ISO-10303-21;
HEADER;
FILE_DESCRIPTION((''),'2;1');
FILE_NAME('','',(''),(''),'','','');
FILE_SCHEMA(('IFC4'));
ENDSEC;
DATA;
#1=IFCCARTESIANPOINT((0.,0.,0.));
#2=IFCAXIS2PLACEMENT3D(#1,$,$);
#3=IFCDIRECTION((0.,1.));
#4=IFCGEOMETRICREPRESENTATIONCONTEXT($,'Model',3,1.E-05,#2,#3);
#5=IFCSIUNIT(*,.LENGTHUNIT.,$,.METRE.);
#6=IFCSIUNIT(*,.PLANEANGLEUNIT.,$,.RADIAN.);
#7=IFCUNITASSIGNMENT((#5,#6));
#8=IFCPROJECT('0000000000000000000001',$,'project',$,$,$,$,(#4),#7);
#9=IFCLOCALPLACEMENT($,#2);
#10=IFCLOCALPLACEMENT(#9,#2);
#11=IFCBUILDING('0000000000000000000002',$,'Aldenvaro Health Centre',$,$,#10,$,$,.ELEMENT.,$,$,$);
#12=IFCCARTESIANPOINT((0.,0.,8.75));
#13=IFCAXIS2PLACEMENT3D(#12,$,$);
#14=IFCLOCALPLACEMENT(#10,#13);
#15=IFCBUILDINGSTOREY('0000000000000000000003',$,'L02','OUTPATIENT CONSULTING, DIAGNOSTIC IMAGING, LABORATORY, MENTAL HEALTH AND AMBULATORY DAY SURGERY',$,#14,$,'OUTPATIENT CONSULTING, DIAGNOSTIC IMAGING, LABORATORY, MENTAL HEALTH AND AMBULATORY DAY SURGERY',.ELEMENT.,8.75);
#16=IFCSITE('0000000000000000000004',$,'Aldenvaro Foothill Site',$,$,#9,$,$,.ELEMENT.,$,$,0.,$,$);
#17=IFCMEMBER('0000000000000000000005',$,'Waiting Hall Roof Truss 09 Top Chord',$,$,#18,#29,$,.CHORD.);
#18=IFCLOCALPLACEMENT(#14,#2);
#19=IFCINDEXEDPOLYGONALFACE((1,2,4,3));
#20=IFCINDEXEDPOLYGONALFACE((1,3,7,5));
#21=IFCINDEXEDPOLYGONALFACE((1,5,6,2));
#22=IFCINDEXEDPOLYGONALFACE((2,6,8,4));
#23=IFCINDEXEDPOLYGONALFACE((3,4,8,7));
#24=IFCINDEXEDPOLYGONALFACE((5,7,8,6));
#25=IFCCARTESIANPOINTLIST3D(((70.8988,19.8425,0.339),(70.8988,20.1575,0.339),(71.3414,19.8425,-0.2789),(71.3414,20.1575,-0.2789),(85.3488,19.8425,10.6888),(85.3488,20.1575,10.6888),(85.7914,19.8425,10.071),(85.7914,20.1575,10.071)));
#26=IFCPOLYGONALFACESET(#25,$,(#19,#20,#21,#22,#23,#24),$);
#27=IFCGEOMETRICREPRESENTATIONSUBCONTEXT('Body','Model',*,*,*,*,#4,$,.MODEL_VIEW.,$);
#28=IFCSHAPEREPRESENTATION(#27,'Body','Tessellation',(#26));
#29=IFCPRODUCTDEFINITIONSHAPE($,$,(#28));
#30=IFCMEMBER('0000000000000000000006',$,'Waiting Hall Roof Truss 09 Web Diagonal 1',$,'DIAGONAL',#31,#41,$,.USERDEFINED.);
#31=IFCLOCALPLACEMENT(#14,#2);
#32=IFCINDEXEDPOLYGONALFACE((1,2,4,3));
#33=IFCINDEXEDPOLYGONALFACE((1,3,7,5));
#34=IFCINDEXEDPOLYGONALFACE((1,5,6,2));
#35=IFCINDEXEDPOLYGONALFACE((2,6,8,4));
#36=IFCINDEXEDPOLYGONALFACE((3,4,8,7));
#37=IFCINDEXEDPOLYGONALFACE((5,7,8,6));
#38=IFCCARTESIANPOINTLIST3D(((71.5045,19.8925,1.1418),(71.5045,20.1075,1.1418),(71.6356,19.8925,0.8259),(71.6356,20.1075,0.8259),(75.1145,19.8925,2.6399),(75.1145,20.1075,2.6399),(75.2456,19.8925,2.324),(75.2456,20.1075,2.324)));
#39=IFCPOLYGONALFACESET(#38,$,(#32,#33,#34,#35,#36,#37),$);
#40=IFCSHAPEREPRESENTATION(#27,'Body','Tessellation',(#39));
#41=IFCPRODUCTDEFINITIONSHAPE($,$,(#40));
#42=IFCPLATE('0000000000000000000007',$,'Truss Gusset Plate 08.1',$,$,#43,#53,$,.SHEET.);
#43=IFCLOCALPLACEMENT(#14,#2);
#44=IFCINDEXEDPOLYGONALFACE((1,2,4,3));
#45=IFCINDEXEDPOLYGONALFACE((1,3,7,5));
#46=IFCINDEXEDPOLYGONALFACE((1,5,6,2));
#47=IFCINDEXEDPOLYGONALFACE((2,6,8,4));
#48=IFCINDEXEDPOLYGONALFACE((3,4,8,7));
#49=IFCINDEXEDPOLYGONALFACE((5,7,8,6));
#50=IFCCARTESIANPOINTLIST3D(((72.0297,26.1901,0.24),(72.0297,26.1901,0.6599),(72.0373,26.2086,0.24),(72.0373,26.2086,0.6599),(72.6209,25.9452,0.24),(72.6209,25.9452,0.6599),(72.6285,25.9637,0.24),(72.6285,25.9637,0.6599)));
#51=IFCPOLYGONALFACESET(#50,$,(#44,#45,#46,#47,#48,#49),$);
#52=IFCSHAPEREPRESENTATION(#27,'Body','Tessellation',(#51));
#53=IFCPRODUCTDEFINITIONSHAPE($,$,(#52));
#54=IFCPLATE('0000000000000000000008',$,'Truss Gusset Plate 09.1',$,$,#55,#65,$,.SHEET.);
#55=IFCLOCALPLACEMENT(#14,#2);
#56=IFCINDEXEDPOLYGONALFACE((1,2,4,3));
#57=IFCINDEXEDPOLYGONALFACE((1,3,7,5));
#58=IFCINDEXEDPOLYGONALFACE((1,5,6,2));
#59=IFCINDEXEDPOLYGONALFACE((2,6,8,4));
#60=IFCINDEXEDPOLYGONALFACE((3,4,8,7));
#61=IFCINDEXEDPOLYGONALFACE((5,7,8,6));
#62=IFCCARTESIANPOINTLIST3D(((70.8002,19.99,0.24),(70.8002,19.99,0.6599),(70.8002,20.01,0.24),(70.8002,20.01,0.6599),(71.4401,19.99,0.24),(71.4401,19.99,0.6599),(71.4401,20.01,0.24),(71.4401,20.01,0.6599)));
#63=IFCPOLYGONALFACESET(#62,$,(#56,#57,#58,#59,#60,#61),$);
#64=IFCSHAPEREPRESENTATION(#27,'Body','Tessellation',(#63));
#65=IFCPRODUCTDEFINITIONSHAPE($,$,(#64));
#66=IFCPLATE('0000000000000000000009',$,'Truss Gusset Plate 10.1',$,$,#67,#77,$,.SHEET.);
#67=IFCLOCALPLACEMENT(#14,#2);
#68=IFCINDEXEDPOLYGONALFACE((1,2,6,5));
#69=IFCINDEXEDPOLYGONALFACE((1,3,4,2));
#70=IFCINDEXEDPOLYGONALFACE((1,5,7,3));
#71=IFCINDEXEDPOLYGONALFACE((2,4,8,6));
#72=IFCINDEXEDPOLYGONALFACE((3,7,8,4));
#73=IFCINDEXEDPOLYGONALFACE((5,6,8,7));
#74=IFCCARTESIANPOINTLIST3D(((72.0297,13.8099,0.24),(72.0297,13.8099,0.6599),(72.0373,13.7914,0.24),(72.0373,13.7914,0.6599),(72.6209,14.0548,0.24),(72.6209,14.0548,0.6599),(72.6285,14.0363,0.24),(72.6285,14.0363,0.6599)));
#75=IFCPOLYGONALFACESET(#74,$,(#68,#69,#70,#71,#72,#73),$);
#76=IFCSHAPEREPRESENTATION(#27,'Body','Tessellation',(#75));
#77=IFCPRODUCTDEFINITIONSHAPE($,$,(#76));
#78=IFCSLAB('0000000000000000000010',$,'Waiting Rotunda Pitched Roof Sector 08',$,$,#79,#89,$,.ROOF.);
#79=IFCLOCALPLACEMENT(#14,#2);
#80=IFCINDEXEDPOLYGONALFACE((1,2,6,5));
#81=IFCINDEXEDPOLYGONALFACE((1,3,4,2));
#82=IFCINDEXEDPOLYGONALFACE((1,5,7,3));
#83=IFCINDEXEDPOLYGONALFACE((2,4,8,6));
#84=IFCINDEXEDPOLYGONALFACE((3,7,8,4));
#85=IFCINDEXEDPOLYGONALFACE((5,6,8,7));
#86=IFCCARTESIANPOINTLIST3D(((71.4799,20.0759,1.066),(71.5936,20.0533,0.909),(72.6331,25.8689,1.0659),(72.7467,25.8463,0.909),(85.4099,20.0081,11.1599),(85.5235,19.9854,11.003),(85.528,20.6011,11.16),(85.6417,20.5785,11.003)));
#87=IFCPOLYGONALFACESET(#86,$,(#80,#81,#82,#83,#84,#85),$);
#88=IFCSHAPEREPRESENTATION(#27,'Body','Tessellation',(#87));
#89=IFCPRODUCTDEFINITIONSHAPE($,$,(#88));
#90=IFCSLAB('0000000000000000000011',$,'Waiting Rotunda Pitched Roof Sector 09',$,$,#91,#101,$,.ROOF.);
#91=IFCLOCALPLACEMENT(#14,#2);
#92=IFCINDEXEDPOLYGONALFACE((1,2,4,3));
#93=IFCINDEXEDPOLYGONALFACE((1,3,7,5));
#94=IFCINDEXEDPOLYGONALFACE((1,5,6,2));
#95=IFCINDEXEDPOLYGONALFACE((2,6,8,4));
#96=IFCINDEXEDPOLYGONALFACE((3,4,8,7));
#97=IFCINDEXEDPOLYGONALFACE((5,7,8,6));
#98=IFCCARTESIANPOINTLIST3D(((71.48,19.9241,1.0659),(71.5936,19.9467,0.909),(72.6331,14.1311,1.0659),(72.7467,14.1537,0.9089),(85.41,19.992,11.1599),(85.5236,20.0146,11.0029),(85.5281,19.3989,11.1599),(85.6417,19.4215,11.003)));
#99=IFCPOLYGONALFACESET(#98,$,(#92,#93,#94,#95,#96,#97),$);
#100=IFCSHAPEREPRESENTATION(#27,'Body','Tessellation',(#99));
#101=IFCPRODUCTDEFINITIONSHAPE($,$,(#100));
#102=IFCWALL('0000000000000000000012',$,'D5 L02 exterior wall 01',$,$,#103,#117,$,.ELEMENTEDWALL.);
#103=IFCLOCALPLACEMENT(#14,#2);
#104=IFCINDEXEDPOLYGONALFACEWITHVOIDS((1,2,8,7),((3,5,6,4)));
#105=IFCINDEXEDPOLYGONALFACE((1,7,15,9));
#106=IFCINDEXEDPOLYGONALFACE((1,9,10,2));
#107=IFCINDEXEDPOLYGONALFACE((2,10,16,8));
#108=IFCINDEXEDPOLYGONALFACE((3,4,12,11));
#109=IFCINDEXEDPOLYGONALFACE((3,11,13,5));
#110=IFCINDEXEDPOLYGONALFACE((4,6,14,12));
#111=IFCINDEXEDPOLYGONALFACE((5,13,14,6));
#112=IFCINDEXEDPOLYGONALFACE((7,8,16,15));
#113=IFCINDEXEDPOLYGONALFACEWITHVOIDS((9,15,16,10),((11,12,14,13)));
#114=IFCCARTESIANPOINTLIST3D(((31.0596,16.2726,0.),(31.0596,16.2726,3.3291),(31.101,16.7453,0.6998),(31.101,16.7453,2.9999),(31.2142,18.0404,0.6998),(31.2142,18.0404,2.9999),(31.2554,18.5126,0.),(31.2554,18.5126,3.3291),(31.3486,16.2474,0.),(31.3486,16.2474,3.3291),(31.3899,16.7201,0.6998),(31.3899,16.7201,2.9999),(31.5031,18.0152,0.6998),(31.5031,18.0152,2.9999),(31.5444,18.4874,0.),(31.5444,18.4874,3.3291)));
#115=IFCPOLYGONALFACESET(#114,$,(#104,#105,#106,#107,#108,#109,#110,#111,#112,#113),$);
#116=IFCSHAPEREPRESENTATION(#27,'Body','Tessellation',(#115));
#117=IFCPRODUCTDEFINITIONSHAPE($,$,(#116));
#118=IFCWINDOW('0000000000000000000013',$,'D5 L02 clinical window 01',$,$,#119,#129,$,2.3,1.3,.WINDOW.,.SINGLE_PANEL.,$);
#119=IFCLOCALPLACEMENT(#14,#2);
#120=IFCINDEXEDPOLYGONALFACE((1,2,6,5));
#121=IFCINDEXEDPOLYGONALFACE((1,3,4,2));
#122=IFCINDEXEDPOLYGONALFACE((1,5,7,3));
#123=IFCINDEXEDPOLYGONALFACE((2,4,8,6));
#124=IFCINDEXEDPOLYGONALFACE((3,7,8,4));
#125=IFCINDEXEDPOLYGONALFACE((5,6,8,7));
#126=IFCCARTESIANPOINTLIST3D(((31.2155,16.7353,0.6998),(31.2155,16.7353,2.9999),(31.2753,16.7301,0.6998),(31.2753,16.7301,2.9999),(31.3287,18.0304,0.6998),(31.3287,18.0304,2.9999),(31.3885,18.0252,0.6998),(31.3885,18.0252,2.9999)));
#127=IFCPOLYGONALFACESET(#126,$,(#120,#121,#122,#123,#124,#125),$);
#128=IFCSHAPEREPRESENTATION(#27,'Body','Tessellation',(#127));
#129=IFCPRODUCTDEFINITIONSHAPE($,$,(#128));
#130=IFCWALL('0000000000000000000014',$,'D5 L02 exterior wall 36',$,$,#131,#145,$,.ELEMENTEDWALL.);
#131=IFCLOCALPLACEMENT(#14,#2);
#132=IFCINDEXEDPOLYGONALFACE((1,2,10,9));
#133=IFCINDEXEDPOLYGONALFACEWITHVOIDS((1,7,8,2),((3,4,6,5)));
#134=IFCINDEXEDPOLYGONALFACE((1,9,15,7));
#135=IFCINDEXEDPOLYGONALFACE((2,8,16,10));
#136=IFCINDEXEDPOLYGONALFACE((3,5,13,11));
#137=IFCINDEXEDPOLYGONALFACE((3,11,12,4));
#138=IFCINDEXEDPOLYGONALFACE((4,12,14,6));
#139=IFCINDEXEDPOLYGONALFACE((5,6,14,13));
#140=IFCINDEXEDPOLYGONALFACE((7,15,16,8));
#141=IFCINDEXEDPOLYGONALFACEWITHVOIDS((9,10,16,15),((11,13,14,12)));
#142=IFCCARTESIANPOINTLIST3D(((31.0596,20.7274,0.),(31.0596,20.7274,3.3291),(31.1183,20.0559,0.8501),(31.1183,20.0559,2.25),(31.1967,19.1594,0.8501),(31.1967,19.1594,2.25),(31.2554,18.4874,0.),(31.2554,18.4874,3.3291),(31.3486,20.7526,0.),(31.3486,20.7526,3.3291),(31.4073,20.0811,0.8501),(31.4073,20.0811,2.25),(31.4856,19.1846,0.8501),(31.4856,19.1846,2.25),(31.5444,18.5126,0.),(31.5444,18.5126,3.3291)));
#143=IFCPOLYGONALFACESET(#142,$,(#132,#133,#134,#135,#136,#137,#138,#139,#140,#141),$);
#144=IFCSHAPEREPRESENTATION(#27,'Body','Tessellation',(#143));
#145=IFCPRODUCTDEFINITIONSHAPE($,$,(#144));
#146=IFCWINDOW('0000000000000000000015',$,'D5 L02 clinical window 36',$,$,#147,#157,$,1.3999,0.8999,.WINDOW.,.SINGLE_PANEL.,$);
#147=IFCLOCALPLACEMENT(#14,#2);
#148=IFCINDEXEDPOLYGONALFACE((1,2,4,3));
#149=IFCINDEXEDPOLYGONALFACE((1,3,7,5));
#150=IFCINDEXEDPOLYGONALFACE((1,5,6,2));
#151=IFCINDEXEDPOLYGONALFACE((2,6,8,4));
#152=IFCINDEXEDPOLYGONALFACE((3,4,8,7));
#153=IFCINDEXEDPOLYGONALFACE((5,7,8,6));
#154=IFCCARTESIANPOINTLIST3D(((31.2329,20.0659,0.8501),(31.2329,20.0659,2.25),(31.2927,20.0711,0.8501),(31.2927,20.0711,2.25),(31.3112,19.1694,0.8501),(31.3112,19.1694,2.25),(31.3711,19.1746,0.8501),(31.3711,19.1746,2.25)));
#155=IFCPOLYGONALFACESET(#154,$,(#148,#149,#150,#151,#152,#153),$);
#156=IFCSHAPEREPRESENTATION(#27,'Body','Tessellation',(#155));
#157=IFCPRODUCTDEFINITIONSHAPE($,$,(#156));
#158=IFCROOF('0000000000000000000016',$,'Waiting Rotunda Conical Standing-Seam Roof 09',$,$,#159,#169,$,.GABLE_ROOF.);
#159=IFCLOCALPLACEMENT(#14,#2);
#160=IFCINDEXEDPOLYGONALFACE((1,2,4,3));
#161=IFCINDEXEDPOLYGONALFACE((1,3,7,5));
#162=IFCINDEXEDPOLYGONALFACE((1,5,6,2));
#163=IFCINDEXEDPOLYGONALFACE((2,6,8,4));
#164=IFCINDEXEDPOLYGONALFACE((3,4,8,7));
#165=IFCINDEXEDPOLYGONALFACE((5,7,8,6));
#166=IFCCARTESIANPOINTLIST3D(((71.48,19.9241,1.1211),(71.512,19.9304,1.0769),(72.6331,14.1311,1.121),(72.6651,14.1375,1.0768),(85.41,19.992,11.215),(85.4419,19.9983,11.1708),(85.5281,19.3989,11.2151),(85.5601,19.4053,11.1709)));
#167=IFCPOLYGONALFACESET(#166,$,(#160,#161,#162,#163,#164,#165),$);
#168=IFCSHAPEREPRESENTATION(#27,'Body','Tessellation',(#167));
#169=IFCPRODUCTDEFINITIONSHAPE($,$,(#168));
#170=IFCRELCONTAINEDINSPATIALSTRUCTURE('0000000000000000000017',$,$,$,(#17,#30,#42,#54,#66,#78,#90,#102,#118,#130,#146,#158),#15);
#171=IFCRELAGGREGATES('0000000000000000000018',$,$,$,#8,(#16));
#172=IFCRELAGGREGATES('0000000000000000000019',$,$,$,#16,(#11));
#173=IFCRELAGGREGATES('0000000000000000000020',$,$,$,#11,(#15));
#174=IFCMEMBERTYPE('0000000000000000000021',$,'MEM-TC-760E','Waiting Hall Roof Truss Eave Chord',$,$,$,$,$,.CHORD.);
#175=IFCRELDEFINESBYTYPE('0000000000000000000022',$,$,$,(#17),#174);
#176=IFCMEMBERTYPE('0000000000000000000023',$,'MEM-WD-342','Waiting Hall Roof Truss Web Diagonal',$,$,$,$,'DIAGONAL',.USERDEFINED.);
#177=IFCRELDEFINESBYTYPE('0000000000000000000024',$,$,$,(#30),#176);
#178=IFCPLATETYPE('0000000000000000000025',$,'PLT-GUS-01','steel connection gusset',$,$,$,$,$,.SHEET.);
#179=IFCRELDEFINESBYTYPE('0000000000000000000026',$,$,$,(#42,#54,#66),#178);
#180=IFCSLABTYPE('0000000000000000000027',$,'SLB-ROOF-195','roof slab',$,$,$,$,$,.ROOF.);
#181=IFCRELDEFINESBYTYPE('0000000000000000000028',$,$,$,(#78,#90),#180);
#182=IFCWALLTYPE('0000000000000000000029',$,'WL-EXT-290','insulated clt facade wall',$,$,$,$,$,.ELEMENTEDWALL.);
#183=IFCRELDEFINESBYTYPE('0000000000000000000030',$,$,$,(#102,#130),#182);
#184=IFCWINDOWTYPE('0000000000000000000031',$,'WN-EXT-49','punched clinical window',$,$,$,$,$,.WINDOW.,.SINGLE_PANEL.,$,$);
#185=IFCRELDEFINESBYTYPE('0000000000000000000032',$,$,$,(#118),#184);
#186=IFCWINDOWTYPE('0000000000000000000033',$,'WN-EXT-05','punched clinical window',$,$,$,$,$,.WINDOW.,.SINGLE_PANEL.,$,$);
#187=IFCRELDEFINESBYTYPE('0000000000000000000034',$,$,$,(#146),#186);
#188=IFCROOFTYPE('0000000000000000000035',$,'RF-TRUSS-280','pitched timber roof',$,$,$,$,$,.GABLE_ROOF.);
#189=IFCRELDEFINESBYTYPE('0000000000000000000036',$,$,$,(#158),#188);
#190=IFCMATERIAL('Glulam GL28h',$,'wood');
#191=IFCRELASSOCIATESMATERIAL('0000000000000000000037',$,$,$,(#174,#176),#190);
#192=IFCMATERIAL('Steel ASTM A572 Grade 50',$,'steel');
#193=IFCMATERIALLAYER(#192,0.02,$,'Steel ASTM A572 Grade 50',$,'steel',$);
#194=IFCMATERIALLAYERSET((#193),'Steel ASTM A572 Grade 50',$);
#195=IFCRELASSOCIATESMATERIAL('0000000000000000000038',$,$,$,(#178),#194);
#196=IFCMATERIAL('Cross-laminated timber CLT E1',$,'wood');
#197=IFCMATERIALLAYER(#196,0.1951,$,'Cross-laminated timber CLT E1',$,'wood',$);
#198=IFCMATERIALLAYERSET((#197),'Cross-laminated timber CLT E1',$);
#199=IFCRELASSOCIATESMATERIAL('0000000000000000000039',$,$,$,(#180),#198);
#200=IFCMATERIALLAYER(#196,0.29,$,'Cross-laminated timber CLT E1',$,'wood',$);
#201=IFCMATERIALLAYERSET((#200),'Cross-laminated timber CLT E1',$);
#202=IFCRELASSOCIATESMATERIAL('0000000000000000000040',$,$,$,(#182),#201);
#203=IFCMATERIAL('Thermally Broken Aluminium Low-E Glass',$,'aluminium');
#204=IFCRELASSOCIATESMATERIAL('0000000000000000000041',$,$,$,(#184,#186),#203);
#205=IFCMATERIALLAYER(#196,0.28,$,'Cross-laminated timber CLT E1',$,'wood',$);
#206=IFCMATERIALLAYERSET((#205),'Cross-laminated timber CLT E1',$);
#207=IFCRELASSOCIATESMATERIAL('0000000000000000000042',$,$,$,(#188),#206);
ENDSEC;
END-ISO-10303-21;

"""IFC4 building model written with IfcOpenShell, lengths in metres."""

from ifc_helpers import new_model, si_unit, direction, frame, frame_2d, origin, origin_2d, place, context, subcontext, project, spatial, polyline, rectangle, outline, extrude, material, layer, layer_set, material_profile, profile_set, type_object, element, fill, save


model = new_model("IFC4")

# Units and contexts
model_context = context("Model", 3, precision=1e-05, world=origin(), true_north=direction((0.0, 1.0)))
body_context = subcontext(model_context, "Body", "Model", "MODEL_VIEW")
ifc_project = project(units=[si_unit("LENGTHUNIT", "METRE"), si_unit("PLANEANGLEUNIT", "RADIAN")], contexts=[model_context])

# Site, building, storey
site_placement = place(None, origin())
site = spatial("IfcSite", under=ifc_project, at=site_placement, Name="Aldenvaro Foothill Site", CompositionType="ELEMENT", RefElevation=0.0)
building_placement = place(site_placement, origin())
building = spatial("IfcBuilding", under=site, at=building_placement, Name="Aldenvaro Health Centre", CompositionType="ELEMENT")
storey_placement = place(building_placement, frame((0.0, 0.0, 8.75)))
storey = spatial("IfcBuildingStorey", under=building, at=storey_placement, Name="L02", Description="OUTPATIENT CONSULTING, DIAGNOSTIC IMAGING, LABORATORY, MENTAL HEALTH AND AMBULATORY DAY SURGERY", LongName="OUTPATIENT CONSULTING, DIAGNOSTIC IMAGING, LABORATORY, MENTAL HEALTH AND AMBULATORY DAY SURGERY", CompositionType="ELEMENT", Elevation=8.75)

# Shared definitions
ifc_material_1 = material(Name="Glulam GL28h", Category="wood")

# Members
ifc_material_profile_1 = material_profile(ifc_material_1, rectangle(XDim=0.3149, YDim=0.76, at=origin_2d()), Name="GL 315x760", Category="wood")
ifc_profile_set_1 = profile_set([ifc_material_profile_1], Name="Glulam GL28h")
member_type_1 = type_object("IfcMemberType", Name="MEM-TC-760E", Description="Waiting Hall Roof Truss Eave Chord", PredefinedType="CHORD", material=ifc_profile_set_1)
member_1_placement = place(storey_placement, frame((71.1201, 20.0, 0.03), z_axis=(0.812975, 0.0, 0.582298), x_axis=(0.0, 1.0, 0.0)))
element("IfcMember", 1, at=member_1_placement, inside=storey, type_object=member_type_1, Name="Waiting Hall Roof Truss 09 Top Chord", PredefinedType="CHORD", context=body_context, shape_type="SweptSolid", body=[
    extrude(rectangle(XDim=0.3149, YDim=0.76, at=origin_2d()), origin(), (0.0, 0.0, 1.0), 17.7742),
])
ifc_material_profile_2 = material_profile(ifc_material_1, rectangle(XDim=0.2151, YDim=0.342, at=origin_2d()), Name="GL 215x342", Category="wood")
ifc_profile_set_2 = profile_set([ifc_material_profile_2], Name="Glulam GL28h")
member_type_2 = type_object("IfcMemberType", Name="MEM-WD-342", Description="Waiting Hall Roof Truss Web Diagonal", ElementType="DIAGONAL", PredefinedType="USERDEFINED", material=ifc_profile_set_2)
member_2_placement = place(storey_placement, frame((71.5701, 20.0, 0.9839), z_axis=(0.923627, 0.0, 0.383293), x_axis=(0.0, 1.0, 0.0)))
element("IfcMember", 2, at=member_2_placement, inside=storey, type_object=member_type_2, Name="Waiting Hall Roof Truss 09 Web Diagonal 1", ObjectType="DIAGONAL", PredefinedType="USERDEFINED", context=body_context, shape_type="SweptSolid", body=[
    extrude(rectangle(XDim=0.2151, YDim=0.342, at=origin_2d()), origin(), (0.0, 0.0, 1.0), 3.9084),
])

# Plates
ifc_material_2 = material(Name="Steel ASTM A572 Grade 50", Category="steel")
ifc_layer_1 = layer(ifc_material_2, 0.02, Name="Steel ASTM A572 Grade 50", Category="steel")
ifc_layer_set_1 = layer_set([ifc_layer_1], Name="Steel ASTM A572 Grade 50")
plate_type = type_object("IfcPlateType", Name="PLT-GUS-01", Description="steel connection gusset", PredefinedType="SHEET", material=ifc_layer_set_1)
for number, where, z_axis, x_axis, name in (
    (3, (72.3291, 26.0769, 0.24), (0.0, 0.0, 1.0), (-0.92388, 0.382683, 0.0), "Truss Gusset Plate 08.1"),
    (4, (71.1201, 20.0, 0.24), (0.0, 0.0, 1.0), (-1.0, 0.0, 0.0), "Truss Gusset Plate 09.1"),
    (5, (72.3291, 13.9231, 0.24), (0.0, 0.0, 1.0), (-0.92388, -0.382683, 0.0), "Truss Gusset Plate 10.1"),
):
    element("IfcPlate", number, at=place(storey_placement, frame(where, z_axis=z_axis, x_axis=x_axis)), inside=storey, type_object=plate_type, Name=name, PredefinedType="SHEET", context=body_context, shape_type="SweptSolid", body=[
        extrude(rectangle(XDim=0.6399, YDim=0.02, at=origin_2d()), origin(), (0.0, 0.0, 1.0), 0.4199),
    ])

# Slabs
ifc_material_3 = material(Name="Cross-laminated timber CLT E1", Category="wood")
ifc_layer_2 = layer(ifc_material_3, 0.1951, Name="Cross-laminated timber CLT E1", Category="wood")
ifc_layer_set_2 = layer_set([ifc_layer_2], Name="Cross-laminated timber CLT E1")
slab_type = type_object("IfcSlabType", Name="SLB-ROOF-195", Description="roof slab", PredefinedType="ROOF", material=ifc_layer_set_2)
slab_1_placement = place(storey_placement, frame((72.6331, 25.8689, 1.0659), z_axis=(-0.582438, 0.115944, 0.804564), x_axis=(-0.195224, -0.980759, 0.000009)))
element("IfcSlab", 6, at=slab_1_placement, inside=storey, type_object=slab_type, Name="Waiting Rotunda Pitched Roof Sector 08", PredefinedType="ROOF", context=body_context, shape_type="SweptSolid", body=[
    extrude(outline(polyline([(0.0, 0.0), (5.9066, 0.0), (3.2538, 16.997), (2.6491, 16.9971), (0.0, 0.0)])), origin(), (0.0, 0.0, -1.0), 0.1951),
])
slab_2_placement = place(storey_placement, frame((71.48, 19.9241, 1.0659), z_axis=(-0.582438, -0.115944, 0.804564), x_axis=(0.195224, -0.980759, -0.000009)))
element("IfcSlab", 7, at=slab_2_placement, inside=storey, type_object=slab_type, Name="Waiting Rotunda Pitched Roof Sector 09", PredefinedType="ROOF", context=body_context, shape_type="SweptSolid", body=[
    extrude(outline(polyline([(0.0, 0.0), (5.9066, 0.0), (3.2575, 16.9971), (2.6528, 16.997), (0.0, 0.0)])), origin(), (0.0, 0.0, -1.0), 0.1951),
])

# Walls, openings, windows
ifc_layer_3 = layer(ifc_material_3, 0.29, Name="Cross-laminated timber CLT E1", Category="wood")
ifc_layer_set_3 = layer_set([ifc_layer_3], Name="Cross-laminated timber CLT E1")
wall_type = type_object("IfcWallType", Name="WL-EXT-290", Description="insulated clt facade wall", PredefinedType="ELEMENTEDWALL", material=ifc_layer_set_3)
wall_1_placement = place(storey_placement, frame((31.3999, 18.5, 0.0), z_axis=(0.0, 0.0, 1.0), x_axis=(-0.087079, -0.996201, 0.0)))
wall_1 = element("IfcWall", 8, at=wall_1_placement, inside=storey, type_object=wall_type, Name="D5 L02 exterior wall 01", PredefinedType="ELEMENTEDWALL", context=body_context, shape_type="SweptSolid", body=[
    extrude(rectangle(XDim=2.2485, YDim=0.29, at=frame_2d((1.1243, 0.0))), origin(), (0.0, 0.0, 1.0), 3.3291),
])
opening_1_placement = place(wall_1_placement, frame((0.4741, 0.0, 0.7)))
opening_1 = element("IfcOpeningElement", 9, at=opening_1_placement, cuts=wall_1, PredefinedType="OPENING", context=body_context, shape_type="SweptSolid", body=[
    extrude(rectangle(XDim=1.3, YDim=2.3, at=frame_2d((0.6499, 1.1499))), frame((0.0, 0.155, 0.0), z_axis=(0.0, -1.0, 0.0), x_axis=(1.0, 0.0, 0.0)), (0.0, 0.0, 1.0), 0.3101),
])
ifc_material_4 = material(Name="Thermally Broken Aluminium Low-E Glass", Category="aluminium")
window_type_1 = type_object("IfcWindowType", Name="WN-EXT-49", Description="punched clinical window", PartitioningType="SINGLE_PANEL", PredefinedType="WINDOW", material=ifc_material_4)
window_1_placement = place(opening_1_placement, origin())
window_1 = element("IfcWindow", 10, at=window_1_placement, inside=storey, type_object=window_type_1, Name="D5 L02 clinical window 01", OverallHeight=2.3, OverallWidth=1.3, PartitioningType="SINGLE_PANEL", PredefinedType="WINDOW", context=body_context, shape_type="SweptSolid", body=[
    extrude(rectangle(XDim=1.3, YDim=2.3, at=frame_2d((0.6499, 1.1499))), frame((0.0, 0.03, 0.0), z_axis=(0.0, -1.0, 0.0), x_axis=(1.0, 0.0, 0.0)), (0.0, 0.0, 1.0), 0.0601),
])
fill(opening_1, window_1)
wall_2_placement = place(storey_placement, frame((31.2041, 20.74, 0.0), z_axis=(0.0, 0.0, 1.0), x_axis=(0.087079, -0.996201, 0.0)))
wall_2 = element("IfcWall", 11, at=wall_2_placement, inside=storey, type_object=wall_type, Name="D5 L02 exterior wall 36", PredefinedType="ELEMENTEDWALL", context=body_context, shape_type="SweptSolid", body=[
    extrude(rectangle(XDim=2.2485, YDim=0.29, at=frame_2d((1.1243, 0.0))), origin(), (0.0, 0.0, 1.0), 3.3291),
])
opening_2_placement = place(wall_2_placement, frame((0.6741, 0.0, 0.8501)))
opening_2 = element("IfcOpeningElement", 12, at=opening_2_placement, cuts=wall_2, PredefinedType="OPENING", context=body_context, shape_type="SweptSolid", body=[
    extrude(rectangle(XDim=0.8999, YDim=1.3999, at=frame_2d((0.45, 0.7))), frame((0.0, 0.155, 0.0), z_axis=(0.0, -1.0, 0.0), x_axis=(1.0, 0.0, 0.0)), (0.0, 0.0, 1.0), 0.3101),
])
window_type_2 = type_object("IfcWindowType", Name="WN-EXT-05", Description="punched clinical window", PartitioningType="SINGLE_PANEL", PredefinedType="WINDOW", material=ifc_material_4)
window_2_placement = place(opening_2_placement, origin())
window_2 = element("IfcWindow", 13, at=window_2_placement, inside=storey, type_object=window_type_2, Name="D5 L02 clinical window 36", OverallHeight=1.3999, OverallWidth=0.8999, PartitioningType="SINGLE_PANEL", PredefinedType="WINDOW", context=body_context, shape_type="SweptSolid", body=[
    extrude(rectangle(XDim=0.8999, YDim=1.3999, at=frame_2d((0.45, 0.7))), frame((0.0, 0.03, 0.0), z_axis=(0.0, -1.0, 0.0), x_axis=(1.0, 0.0, 0.0)), (0.0, 0.0, 1.0), 0.0601),
])
fill(opening_2, window_2)

# Roof
ifc_layer_4 = layer(ifc_material_3, 0.28, Name="Cross-laminated timber CLT E1", Category="wood")
ifc_layer_set_4 = layer_set([ifc_layer_4], Name="Cross-laminated timber CLT E1")
roof_type = type_object("IfcRoofType", Name="RF-TRUSS-280", Description="pitched timber roof", PredefinedType="GABLE_ROOF", material=ifc_layer_set_4)
roof_1_placement = place(storey_placement, frame((71.48, 19.9241, 1.1211), z_axis=(-0.582438, -0.115944, 0.804564), x_axis=(0.195224, -0.980759, -0.000009)))
element("IfcRoof", 14, at=roof_1_placement, inside=storey, type_object=roof_type, Name="Waiting Rotunda Conical Standing-Seam Roof 09", PredefinedType="GABLE_ROOF", context=body_context, shape_type="SweptSolid", body=[
    extrude(outline(polyline([(0.0, 0.0), (5.9066, 0.0), (3.2575, 16.9971), (2.6528, 16.997), (0.0, 0.0)])), origin(), (0.0, 0.0, -1.0), 0.0549),
])

save(model, "model.ifc")
